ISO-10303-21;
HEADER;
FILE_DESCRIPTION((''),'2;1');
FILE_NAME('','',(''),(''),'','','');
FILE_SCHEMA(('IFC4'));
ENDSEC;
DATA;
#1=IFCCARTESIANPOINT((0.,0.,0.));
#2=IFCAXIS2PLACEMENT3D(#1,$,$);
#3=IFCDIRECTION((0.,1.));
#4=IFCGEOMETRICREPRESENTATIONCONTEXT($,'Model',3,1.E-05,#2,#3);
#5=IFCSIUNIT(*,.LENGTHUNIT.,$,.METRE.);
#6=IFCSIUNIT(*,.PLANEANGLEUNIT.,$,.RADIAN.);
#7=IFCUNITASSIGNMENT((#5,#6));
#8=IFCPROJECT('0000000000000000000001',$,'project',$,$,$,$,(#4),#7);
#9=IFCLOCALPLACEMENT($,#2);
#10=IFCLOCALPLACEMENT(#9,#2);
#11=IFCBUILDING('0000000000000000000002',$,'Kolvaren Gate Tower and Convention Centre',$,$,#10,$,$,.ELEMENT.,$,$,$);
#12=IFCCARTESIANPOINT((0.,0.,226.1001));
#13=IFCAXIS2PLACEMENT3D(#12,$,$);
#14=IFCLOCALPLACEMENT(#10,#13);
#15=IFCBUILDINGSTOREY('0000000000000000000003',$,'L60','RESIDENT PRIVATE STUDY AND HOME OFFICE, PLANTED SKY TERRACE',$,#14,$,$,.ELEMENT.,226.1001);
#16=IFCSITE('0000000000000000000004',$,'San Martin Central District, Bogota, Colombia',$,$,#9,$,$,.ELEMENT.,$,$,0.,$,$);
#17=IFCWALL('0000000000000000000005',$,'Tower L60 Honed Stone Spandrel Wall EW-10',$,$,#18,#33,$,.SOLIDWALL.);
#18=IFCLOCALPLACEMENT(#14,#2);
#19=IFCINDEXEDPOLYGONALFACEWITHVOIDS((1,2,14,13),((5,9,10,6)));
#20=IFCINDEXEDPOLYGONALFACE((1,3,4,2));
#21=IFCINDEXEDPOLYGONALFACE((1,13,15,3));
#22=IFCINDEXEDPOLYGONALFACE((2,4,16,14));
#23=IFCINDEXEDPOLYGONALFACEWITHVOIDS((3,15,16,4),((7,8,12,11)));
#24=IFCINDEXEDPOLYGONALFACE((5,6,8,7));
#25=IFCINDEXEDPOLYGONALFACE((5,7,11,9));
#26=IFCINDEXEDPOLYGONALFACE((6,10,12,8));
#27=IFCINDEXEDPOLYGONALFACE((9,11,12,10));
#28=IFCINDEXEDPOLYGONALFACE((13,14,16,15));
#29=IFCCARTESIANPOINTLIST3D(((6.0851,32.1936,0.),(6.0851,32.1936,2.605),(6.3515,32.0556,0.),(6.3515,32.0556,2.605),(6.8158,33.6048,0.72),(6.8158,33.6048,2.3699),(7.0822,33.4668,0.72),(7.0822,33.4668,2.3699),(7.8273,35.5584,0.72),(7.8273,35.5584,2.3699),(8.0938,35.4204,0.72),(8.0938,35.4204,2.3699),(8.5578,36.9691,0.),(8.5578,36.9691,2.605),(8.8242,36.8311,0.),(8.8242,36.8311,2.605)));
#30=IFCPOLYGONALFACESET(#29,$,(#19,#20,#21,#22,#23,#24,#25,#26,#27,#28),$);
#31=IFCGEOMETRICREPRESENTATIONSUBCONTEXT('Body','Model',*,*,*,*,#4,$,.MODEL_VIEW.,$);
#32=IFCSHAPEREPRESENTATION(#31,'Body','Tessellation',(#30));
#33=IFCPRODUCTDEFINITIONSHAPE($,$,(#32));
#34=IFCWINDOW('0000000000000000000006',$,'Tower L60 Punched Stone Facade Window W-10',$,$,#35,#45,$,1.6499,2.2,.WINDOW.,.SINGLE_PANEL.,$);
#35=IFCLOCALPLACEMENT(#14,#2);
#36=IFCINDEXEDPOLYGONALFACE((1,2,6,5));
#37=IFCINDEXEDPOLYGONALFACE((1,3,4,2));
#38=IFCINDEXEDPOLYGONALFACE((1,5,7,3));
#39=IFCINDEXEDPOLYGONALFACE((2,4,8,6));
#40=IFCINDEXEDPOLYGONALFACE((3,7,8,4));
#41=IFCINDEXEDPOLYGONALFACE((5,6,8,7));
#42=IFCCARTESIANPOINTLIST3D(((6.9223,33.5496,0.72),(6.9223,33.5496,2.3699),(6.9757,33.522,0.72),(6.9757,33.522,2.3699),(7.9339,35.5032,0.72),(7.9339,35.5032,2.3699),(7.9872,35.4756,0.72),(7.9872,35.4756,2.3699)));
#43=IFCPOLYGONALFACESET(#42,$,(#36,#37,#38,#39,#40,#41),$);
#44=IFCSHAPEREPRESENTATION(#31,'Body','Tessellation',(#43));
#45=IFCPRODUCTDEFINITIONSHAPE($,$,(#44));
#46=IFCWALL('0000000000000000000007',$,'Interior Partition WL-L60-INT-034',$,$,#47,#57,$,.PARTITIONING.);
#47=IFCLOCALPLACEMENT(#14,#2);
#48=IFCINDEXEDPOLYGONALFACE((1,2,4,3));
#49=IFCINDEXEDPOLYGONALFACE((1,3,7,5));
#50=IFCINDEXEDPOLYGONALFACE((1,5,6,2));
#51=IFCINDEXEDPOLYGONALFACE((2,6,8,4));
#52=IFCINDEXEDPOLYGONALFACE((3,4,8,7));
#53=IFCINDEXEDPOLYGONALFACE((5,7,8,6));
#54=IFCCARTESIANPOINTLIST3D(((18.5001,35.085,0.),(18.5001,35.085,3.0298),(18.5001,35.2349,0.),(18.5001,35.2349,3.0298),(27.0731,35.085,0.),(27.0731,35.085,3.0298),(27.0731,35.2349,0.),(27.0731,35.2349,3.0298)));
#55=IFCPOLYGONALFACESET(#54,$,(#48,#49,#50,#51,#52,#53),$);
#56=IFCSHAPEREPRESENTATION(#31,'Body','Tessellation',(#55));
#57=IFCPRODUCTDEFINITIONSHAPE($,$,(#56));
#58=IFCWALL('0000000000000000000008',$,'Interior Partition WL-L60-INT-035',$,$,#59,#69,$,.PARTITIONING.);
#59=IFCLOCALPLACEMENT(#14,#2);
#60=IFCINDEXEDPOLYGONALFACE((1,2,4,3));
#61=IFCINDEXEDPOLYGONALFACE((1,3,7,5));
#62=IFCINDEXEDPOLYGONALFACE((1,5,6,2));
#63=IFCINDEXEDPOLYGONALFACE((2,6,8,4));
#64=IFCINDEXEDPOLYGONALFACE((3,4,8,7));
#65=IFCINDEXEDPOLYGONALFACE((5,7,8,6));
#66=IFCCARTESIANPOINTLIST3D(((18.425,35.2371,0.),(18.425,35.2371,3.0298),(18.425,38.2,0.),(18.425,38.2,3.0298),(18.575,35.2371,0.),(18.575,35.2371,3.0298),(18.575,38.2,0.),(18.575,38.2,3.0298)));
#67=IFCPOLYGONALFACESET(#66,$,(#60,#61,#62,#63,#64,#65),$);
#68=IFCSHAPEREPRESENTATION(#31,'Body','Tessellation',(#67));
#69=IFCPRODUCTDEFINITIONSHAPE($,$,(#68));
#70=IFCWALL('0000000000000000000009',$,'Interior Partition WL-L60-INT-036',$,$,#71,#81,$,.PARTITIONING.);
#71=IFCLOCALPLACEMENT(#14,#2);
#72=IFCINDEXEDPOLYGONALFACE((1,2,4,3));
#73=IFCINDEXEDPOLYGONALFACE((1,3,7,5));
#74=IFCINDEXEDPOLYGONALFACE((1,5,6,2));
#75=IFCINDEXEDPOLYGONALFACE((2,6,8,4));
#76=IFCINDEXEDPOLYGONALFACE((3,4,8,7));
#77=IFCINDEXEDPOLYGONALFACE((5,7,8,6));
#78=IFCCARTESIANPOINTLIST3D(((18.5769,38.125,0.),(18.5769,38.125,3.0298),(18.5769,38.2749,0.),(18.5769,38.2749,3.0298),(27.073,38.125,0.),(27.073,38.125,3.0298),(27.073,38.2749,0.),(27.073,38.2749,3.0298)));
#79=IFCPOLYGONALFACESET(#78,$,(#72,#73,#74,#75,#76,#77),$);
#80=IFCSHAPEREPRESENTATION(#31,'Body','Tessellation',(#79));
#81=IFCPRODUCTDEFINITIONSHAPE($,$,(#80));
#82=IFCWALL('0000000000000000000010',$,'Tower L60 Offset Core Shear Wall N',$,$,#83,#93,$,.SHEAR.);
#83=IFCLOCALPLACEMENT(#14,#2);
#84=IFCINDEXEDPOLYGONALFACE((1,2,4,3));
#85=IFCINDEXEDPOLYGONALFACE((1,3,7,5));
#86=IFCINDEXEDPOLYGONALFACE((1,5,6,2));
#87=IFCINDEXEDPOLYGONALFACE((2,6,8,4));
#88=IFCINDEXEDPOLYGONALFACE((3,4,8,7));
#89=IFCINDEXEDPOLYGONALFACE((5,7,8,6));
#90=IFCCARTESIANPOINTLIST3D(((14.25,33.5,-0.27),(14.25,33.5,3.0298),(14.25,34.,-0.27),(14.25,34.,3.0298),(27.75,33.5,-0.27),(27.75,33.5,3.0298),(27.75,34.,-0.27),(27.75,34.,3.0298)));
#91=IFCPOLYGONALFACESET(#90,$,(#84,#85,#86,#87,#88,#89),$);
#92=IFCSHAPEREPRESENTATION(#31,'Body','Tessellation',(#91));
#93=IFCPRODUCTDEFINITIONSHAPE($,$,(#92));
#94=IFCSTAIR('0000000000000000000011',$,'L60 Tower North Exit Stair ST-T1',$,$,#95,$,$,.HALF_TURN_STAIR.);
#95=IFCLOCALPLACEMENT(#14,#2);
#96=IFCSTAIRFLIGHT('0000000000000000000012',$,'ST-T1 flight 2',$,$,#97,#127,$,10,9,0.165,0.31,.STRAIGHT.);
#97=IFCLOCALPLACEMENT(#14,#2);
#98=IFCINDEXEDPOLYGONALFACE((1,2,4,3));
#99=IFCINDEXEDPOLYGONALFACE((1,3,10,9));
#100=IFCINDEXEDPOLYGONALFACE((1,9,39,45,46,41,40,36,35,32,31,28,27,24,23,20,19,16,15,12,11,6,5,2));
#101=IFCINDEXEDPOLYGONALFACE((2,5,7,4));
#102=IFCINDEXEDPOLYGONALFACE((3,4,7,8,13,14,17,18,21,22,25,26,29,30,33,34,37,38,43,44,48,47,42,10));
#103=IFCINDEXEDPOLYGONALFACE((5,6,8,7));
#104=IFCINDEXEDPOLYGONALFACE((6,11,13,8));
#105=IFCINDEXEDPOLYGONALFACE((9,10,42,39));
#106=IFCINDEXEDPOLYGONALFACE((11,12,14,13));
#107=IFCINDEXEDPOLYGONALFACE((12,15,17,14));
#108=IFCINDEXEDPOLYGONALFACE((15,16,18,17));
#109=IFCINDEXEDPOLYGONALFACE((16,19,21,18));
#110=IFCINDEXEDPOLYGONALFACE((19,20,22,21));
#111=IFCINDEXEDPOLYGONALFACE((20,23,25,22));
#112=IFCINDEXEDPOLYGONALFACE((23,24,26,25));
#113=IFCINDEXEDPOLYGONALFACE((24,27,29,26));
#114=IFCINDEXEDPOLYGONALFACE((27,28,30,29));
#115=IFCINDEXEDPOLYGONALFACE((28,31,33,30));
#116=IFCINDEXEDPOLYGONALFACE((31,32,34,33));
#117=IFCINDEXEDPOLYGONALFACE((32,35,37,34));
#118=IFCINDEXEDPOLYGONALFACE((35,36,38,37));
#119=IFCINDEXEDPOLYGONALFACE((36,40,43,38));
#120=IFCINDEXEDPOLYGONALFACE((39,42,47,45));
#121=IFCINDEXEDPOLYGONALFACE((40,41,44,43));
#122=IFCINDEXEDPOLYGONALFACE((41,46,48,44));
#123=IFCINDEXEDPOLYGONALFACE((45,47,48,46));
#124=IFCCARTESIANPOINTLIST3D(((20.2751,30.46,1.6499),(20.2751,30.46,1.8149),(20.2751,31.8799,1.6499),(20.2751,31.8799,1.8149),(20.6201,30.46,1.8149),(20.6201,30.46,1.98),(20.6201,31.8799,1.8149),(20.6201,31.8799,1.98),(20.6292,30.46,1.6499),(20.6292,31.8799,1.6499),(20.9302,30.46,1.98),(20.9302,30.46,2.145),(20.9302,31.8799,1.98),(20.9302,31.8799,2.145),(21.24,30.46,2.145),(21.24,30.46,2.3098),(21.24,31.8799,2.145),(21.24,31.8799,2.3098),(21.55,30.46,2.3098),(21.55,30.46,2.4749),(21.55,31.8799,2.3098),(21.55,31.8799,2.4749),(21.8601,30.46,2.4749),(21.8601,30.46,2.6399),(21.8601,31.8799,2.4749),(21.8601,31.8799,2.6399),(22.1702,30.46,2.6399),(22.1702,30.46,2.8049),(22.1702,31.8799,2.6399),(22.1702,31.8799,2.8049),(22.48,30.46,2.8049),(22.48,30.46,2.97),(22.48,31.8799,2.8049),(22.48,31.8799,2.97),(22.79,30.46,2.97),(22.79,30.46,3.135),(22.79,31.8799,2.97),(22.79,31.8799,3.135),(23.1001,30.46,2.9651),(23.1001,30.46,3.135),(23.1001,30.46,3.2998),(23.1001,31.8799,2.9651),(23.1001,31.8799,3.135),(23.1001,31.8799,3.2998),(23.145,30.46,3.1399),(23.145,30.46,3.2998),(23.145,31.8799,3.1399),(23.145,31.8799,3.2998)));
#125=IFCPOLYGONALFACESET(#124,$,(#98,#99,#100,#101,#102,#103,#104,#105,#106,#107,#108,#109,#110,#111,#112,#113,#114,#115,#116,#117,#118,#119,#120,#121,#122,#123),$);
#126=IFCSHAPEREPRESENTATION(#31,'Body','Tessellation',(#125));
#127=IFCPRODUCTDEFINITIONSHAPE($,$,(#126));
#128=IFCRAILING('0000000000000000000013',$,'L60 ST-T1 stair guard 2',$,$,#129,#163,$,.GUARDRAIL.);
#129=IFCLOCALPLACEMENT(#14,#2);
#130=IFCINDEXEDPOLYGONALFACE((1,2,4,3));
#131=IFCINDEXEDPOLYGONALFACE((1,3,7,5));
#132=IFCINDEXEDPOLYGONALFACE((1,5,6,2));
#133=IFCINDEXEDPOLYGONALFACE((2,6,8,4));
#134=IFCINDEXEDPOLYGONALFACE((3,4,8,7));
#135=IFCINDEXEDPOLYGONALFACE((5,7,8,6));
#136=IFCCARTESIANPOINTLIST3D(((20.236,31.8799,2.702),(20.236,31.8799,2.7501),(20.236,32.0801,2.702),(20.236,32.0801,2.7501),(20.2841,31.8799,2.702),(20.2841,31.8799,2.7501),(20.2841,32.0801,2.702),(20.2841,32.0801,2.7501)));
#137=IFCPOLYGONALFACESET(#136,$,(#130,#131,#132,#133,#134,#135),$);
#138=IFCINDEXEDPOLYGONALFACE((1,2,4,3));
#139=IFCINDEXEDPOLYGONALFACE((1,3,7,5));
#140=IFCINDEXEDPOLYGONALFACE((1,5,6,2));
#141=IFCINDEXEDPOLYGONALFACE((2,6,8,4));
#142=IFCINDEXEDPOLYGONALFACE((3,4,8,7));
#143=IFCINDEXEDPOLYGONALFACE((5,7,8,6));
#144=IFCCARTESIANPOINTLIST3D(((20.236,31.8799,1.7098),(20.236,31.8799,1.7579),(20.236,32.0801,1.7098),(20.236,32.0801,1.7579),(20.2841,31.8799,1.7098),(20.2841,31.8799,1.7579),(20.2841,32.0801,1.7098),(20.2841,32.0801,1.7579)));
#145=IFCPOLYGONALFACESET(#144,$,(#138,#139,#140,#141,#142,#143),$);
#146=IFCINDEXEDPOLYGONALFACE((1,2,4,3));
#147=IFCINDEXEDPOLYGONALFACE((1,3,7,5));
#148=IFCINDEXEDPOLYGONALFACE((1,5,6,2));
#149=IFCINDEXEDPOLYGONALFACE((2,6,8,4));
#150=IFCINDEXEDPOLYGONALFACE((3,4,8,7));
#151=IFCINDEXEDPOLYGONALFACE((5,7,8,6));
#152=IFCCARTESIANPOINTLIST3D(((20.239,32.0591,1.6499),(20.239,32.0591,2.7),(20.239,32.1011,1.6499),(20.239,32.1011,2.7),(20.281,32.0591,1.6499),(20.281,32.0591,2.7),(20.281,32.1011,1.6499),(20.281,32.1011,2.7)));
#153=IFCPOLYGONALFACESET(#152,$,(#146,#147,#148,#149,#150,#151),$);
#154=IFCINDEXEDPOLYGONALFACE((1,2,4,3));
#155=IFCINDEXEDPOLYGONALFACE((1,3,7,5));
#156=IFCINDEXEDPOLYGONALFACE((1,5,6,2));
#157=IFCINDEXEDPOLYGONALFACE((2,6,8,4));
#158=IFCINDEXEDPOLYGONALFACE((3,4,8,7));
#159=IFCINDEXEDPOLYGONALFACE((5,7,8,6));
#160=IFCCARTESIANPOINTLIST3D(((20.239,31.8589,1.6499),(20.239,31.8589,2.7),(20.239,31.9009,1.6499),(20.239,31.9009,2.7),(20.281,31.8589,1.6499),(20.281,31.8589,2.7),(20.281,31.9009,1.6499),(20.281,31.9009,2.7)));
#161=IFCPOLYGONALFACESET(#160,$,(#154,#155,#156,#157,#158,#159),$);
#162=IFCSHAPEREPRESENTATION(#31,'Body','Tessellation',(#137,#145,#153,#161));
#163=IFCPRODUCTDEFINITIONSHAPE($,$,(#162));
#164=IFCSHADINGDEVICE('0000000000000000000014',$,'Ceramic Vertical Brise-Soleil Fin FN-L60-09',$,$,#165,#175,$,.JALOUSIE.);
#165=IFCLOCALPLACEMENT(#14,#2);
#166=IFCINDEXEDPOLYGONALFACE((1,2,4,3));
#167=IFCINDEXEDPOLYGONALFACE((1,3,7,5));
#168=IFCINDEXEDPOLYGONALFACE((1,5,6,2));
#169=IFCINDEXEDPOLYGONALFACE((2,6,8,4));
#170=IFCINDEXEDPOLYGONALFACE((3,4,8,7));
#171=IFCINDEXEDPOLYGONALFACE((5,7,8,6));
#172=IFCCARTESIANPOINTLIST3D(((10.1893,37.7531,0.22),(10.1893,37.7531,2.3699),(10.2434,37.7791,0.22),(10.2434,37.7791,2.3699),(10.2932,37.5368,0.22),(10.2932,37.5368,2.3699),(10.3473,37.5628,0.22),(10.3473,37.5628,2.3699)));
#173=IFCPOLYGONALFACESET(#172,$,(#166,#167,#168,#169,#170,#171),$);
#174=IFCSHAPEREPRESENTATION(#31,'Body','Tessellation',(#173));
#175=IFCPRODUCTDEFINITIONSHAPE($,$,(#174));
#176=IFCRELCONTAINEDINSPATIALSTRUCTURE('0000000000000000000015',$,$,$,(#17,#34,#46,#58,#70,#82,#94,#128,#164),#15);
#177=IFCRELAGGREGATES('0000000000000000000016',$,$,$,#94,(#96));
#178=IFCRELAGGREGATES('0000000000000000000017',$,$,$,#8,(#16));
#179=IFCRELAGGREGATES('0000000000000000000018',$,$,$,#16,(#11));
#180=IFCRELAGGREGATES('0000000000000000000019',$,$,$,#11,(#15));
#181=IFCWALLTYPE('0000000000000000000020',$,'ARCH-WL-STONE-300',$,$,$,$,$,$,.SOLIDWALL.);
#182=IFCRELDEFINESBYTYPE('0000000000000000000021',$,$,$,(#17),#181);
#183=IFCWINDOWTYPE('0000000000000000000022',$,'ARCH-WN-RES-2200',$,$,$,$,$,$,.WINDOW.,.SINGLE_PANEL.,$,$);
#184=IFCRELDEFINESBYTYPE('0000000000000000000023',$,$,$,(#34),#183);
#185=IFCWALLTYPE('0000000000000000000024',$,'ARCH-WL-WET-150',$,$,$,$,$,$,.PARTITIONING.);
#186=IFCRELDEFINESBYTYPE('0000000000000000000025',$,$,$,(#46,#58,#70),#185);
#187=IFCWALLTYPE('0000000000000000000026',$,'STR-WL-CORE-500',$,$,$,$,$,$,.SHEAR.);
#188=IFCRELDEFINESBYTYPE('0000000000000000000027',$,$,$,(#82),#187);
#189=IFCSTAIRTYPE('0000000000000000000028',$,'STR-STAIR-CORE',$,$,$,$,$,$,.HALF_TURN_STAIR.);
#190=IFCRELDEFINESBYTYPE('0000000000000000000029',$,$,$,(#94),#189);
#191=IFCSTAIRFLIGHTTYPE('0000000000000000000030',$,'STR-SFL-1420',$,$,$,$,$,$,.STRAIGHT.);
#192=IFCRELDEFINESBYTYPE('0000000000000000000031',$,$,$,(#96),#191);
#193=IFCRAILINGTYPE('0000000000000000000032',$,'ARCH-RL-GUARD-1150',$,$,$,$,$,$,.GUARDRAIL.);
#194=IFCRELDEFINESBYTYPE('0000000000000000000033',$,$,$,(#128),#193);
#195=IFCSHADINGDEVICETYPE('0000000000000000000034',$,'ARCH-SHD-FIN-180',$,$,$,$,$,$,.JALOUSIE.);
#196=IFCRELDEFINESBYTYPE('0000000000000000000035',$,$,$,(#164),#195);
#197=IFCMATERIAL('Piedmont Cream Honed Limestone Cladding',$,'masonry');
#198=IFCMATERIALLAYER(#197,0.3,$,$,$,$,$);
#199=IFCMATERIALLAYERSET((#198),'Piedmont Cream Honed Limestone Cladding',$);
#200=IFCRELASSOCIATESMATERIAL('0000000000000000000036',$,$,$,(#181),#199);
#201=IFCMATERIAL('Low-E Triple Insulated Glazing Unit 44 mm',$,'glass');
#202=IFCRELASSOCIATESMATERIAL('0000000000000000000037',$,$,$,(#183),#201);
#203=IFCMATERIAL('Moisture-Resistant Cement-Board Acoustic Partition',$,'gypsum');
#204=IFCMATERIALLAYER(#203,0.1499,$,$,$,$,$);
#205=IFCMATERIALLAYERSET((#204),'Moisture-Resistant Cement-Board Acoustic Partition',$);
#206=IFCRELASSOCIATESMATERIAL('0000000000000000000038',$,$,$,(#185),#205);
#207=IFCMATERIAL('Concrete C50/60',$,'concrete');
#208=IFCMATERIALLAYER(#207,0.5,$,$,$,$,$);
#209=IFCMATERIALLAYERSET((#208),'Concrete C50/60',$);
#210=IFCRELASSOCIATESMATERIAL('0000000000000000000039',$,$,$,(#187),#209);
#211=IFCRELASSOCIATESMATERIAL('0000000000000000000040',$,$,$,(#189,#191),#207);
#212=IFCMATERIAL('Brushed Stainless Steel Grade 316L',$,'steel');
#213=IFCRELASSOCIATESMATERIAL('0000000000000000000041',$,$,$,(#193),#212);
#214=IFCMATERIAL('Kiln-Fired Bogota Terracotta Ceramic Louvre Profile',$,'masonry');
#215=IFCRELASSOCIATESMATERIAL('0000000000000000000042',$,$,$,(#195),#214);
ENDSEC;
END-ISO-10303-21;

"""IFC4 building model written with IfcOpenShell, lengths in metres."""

from ifc_helpers import new_model, si_unit, direction, frame, frame_2d, origin, origin_2d, place, context, subcontext, project, spatial, polyline, rectangle, outline, extrude, material, layer, layer_set, type_object, element, fill, aggregate, save


model = new_model("IFC4")

# Units and contexts
model_context = context("Model", 3, precision=1e-05, world=origin(), true_north=direction((0.0, 1.0)))
body_context = subcontext(model_context, "Body", "Model", "MODEL_VIEW")
ifc_project = project(units=[si_unit("LENGTHUNIT", "METRE"), si_unit("PLANEANGLEUNIT", "RADIAN")], contexts=[model_context])

# Site, building, storey
site_placement = place(None, origin())
site = spatial("IfcSite", under=ifc_project, at=site_placement, Name="San Martin Central District, Bogota, Colombia", CompositionType="ELEMENT", RefElevation=0.0)
building_placement = place(site_placement, origin())
building = spatial("IfcBuilding", under=site, at=building_placement, Name="Kolvaren Gate Tower and Convention Centre", CompositionType="ELEMENT")
storey_placement = place(building_placement, frame((0.0, 0.0, 226.1001)))
storey = spatial("IfcBuildingStorey", under=building, at=storey_placement, Name="L60", Description="RESIDENT PRIVATE STUDY AND HOME OFFICE, PLANTED SKY TERRACE", CompositionType="ELEMENT", Elevation=226.1001)

# Shared definitions
ifc_material_1 = material(Name="Piedmont Cream Honed Limestone Cladding", Category="masonry")

# Shared definitions
ifc_layer_1 = layer(ifc_material_1, 0.3)
ifc_layer_set_1 = layer_set([ifc_layer_1], Name="Piedmont Cream Honed Limestone Cladding")
wall_type_1 = type_object("IfcWallType", Name="ARCH-WL-STONE-300", PredefinedType="SOLIDWALL", material=ifc_layer_set_1)
ifc_material_2 = material(Name="Low-E Triple Insulated Glazing Unit 44 mm", Category="glass")
window_type = type_object("IfcWindowType", Name="ARCH-WN-RES-2200", PartitioningType="SINGLE_PANEL", PredefinedType="WINDOW", material=ifc_material_2)

# Wall, opening, window
wall_1_placement = place(storey_placement, frame((6.2183, 32.1245, 0.0), z_axis=(0.0, 0.0, 1.0), x_axis=(0.459808, 0.888018, 0.0)))
wall_1 = element("IfcWall", 1, at=wall_1_placement, inside=storey, type_object=wall_type_1, Name="Tower L60 Honed Stone Spandrel Wall EW-10", PredefinedType="SOLIDWALL", context=body_context, shape_type="SweptSolid", body=[
    extrude(rectangle(XDim=5.3777, YDim=0.3, at=frame_2d((2.689, 0.0))), origin(), (0.0, 0.0, 1.0), 2.605),
])
opening_1_placement = place(wall_1_placement, frame((1.5891, 0.0, 0.72)))
opening_1 = element("IfcOpeningElement", 2, at=opening_1_placement, cuts=wall_1, PredefinedType="OPENING", context=body_context, shape_type="SweptSolid", body=[
    extrude(rectangle(XDim=2.2, YDim=1.6499, at=frame_2d((1.1001, 0.825))), frame((0.0, 0.1599, 0.0), z_axis=(0.0, -1.0, 0.0), x_axis=(1.0, 0.0, 0.0)), (0.0, 0.0, 1.0), 0.3201),
])
window_1_placement = place(opening_1_placement, origin())
window_1 = element("IfcWindow", 3, at=window_1_placement, inside=storey, type_object=window_type, Name="Tower L60 Punched Stone Facade Window W-10", OverallHeight=1.6499, OverallWidth=2.2, PartitioningType="SINGLE_PANEL", PredefinedType="WINDOW", context=body_context, shape_type="SweptSolid", body=[
    extrude(rectangle(XDim=2.2, YDim=1.6499, at=frame_2d((1.1001, 0.825))), frame((0.0, 0.03, 0.0), z_axis=(0.0, -1.0, 0.0), x_axis=(1.0, 0.0, 0.0)), (0.0, 0.0, 1.0), 0.0601),
])
fill(opening_1, window_1)

# Walls
ifc_material_3 = material(Name="Moisture-Resistant Cement-Board Acoustic Partition", Category="gypsum")
ifc_layer_2 = layer(ifc_material_3, 0.1499)
ifc_layer_set_2 = layer_set([ifc_layer_2], Name="Moisture-Resistant Cement-Board Acoustic Partition")
wall_type_2 = type_object("IfcWallType", Name="ARCH-WL-WET-150", PredefinedType="PARTITIONING", material=ifc_layer_set_2)
wall_2_placement = place(storey_placement, frame((18.5, 35.1599, 0.0), z_axis=(0.0, 0.0, 1.0), x_axis=(1.0, 0.0, 0.0)))
element("IfcWall", 4, at=wall_2_placement, inside=storey, type_object=wall_type_2, Name="Interior Partition WL-L60-INT-034", PredefinedType="PARTITIONING", context=body_context, shape_type="SweptSolid", body=[
    extrude(rectangle(XDim=8.573, YDim=0.1499, at=frame_2d((4.2866, 0.0))), origin(), (0.0, 0.0, 1.0), 3.0298),
])
wall_3_placement = place(storey_placement, frame((18.5, 35.2371, 0.0), z_axis=(0.0, 0.0, 1.0), x_axis=(0.0, 1.0, 0.0)))
element("IfcWall", 5, at=wall_3_placement, inside=storey, type_object=wall_type_2, Name="Interior Partition WL-L60-INT-035", PredefinedType="PARTITIONING", context=body_context, shape_type="SweptSolid", body=[
    extrude(rectangle(XDim=2.9629, YDim=0.1499, at=frame_2d((1.4814, 0.0))), origin(), (0.0, 0.0, 1.0), 3.0298),
])
wall_4_placement = place(storey_placement, frame((18.5769, 38.2, 0.0), z_axis=(0.0, 0.0, 1.0), x_axis=(1.0, 0.0, 0.0)))
element("IfcWall", 6, at=wall_4_placement, inside=storey, type_object=wall_type_2, Name="Interior Partition WL-L60-INT-036", PredefinedType="PARTITIONING", context=body_context, shape_type="SweptSolid", body=[
    extrude(rectangle(XDim=8.4961, YDim=0.1499, at=frame_2d((4.248, 0.0))), origin(), (0.0, 0.0, 1.0), 3.0298),
])
ifc_material_4 = material(Name="Concrete C50/60", Category="concrete")
ifc_layer_3 = layer(ifc_material_4, 0.5)
ifc_layer_set_3 = layer_set([ifc_layer_3], Name="Concrete C50/60")
wall_type_3 = type_object("IfcWallType", Name="STR-WL-CORE-500", PredefinedType="SHEAR", material=ifc_layer_set_3)
wall_5_placement = place(storey_placement, frame((14.25, 33.75, -0.27), z_axis=(0.0, 0.0, 1.0), x_axis=(1.0, 0.0, 0.0)))
element("IfcWall", 7, at=wall_5_placement, inside=storey, type_object=wall_type_3, Name="Tower L60 Offset Core Shear Wall N", PredefinedType="SHEAR", context=body_context, shape_type="SweptSolid", body=[
    extrude(rectangle(XDim=13.5, YDim=0.5, at=frame_2d((6.75, 0.0))), origin(), (0.0, 0.0, 1.0), 3.2998),
])

# Stair, stair flight
stair_type = type_object("IfcStairType", Name="STR-STAIR-CORE", PredefinedType="HALF_TURN_STAIR", material=ifc_material_4)
stair_placement = place(storey_placement, origin())
stair = element("IfcStair", 8, at=stair_placement, inside=storey, type_object=stair_type, Name="L60 Tower North Exit Stair ST-T1", PredefinedType="HALF_TURN_STAIR")
stair_flight_type = type_object("IfcStairFlightType", Name="STR-SFL-1420", PredefinedType="STRAIGHT", material=ifc_material_4)
stair_flight_placement = place(storey_placement, frame((20.3101, 31.1699, 1.6499), z_axis=(0.0, 0.0, 1.0), x_axis=(1.0, 0.0, 0.0)))
stair_flight = element("IfcStairFlight", 9, at=stair_flight_placement, type_object=stair_flight_type, Name="ST-T1 flight 2", NumberOfRisers=10, NumberOfTreads=9, PredefinedType="STRAIGHT", RiserHeight=0.165, TreadLength=0.31, context=body_context, shape_type="SweptSolid", body=[
    extrude(outline(polyline([(-0.0349, 0.0), (-0.0349, 0.165), (0.3101, 0.165), (0.3101, 0.3301), (0.6201, 0.3301), (0.6201, 0.4951), (0.9299, 0.4951), (0.9299, 0.6599), (1.24, 0.6599), (1.24, 0.825), (1.55, 0.825), (1.55, 0.99), (1.8601, 0.99), (1.8601, 1.155), (2.1699, 1.155), (2.1699, 1.3201), (2.48, 1.3201), (2.48, 1.4851), (2.79, 1.4851), (2.79, 1.6499), (2.835, 1.6499), (2.835, 1.49), (2.79, 1.3152), (0.3191, 0.0), (-0.0349, 0.0)])), frame((0.0, 0.71, 0.0), z_axis=(0.0, -1.0, 0.0), x_axis=(1.0, 0.0, 0.0)), (0.0, 0.0, 1.0), 1.4199),
])
aggregate(stair, [stair_flight])

# Railing
ifc_material_5 = material(Name="Brushed Stainless Steel Grade 316L", Category="steel")
railing_type = type_object("IfcRailingType", Name="ARCH-RL-GUARD-1150", PredefinedType="GUARDRAIL", material=ifc_material_5)
railing_placement = place(storey_placement, frame((20.26, 32.0801, 1.6499)))
element("IfcRailing", 10, at=railing_placement, inside=storey, type_object=railing_type, Name="L60 ST-T1 stair guard 2", PredefinedType="GUARDRAIL", context=body_context, shape_type="SweptSolid", body=[
    extrude(rectangle(XDim=0.0481, YDim=0.0481, at=origin_2d()), frame((0.0, 0.0, 1.0762), z_axis=(0.0, -1.0, 0.0), x_axis=(1.0, 0.0, 0.0)), (0.0, 0.0, 1.0), 0.2002),
    extrude(rectangle(XDim=0.0481, YDim=0.0481, at=origin_2d()), frame((0.0, 0.0, 0.084), z_axis=(0.0, -1.0, 0.0), x_axis=(1.0, 0.0, 0.0)), (0.0, 0.0, 1.0), 0.2002),
    extrude(rectangle(XDim=0.042, YDim=0.042, at=origin_2d()), origin(), (0.0, 0.0, 1.0), 1.05),
    extrude(rectangle(XDim=0.042, YDim=0.042, at=origin_2d()), frame((0.0, -0.2002, 0.0)), (0.0, 0.0, 1.0), 1.05),
])

# Shading device
ifc_material_6 = material(Name="Kiln-Fired Bogota Terracotta Ceramic Louvre Profile", Category="masonry")
shading_device_type = type_object("IfcShadingDeviceType", Name="ARCH-SHD-FIN-180", PredefinedType="JALOUSIE", material=ifc_material_6)
shading_device_placement = place(storey_placement, frame((10.2683, 37.658, 0.22), z_axis=(0.0, 0.0, 1.0), x_axis=(0.901359, 0.433072, 0.0)))
element("IfcShadingDevice", 11, at=shading_device_placement, inside=storey, type_object=shading_device_type, Name="Ceramic Vertical Brise-Soleil Fin FN-L60-09", PredefinedType="JALOUSIE", context=body_context, shape_type="SweptSolid", body=[
    extrude(rectangle(XDim=0.0601, YDim=0.24, at=origin_2d()), origin(), (0.0, 0.0, 1.0), 2.1499),
])

save(model, "model.ifc")
